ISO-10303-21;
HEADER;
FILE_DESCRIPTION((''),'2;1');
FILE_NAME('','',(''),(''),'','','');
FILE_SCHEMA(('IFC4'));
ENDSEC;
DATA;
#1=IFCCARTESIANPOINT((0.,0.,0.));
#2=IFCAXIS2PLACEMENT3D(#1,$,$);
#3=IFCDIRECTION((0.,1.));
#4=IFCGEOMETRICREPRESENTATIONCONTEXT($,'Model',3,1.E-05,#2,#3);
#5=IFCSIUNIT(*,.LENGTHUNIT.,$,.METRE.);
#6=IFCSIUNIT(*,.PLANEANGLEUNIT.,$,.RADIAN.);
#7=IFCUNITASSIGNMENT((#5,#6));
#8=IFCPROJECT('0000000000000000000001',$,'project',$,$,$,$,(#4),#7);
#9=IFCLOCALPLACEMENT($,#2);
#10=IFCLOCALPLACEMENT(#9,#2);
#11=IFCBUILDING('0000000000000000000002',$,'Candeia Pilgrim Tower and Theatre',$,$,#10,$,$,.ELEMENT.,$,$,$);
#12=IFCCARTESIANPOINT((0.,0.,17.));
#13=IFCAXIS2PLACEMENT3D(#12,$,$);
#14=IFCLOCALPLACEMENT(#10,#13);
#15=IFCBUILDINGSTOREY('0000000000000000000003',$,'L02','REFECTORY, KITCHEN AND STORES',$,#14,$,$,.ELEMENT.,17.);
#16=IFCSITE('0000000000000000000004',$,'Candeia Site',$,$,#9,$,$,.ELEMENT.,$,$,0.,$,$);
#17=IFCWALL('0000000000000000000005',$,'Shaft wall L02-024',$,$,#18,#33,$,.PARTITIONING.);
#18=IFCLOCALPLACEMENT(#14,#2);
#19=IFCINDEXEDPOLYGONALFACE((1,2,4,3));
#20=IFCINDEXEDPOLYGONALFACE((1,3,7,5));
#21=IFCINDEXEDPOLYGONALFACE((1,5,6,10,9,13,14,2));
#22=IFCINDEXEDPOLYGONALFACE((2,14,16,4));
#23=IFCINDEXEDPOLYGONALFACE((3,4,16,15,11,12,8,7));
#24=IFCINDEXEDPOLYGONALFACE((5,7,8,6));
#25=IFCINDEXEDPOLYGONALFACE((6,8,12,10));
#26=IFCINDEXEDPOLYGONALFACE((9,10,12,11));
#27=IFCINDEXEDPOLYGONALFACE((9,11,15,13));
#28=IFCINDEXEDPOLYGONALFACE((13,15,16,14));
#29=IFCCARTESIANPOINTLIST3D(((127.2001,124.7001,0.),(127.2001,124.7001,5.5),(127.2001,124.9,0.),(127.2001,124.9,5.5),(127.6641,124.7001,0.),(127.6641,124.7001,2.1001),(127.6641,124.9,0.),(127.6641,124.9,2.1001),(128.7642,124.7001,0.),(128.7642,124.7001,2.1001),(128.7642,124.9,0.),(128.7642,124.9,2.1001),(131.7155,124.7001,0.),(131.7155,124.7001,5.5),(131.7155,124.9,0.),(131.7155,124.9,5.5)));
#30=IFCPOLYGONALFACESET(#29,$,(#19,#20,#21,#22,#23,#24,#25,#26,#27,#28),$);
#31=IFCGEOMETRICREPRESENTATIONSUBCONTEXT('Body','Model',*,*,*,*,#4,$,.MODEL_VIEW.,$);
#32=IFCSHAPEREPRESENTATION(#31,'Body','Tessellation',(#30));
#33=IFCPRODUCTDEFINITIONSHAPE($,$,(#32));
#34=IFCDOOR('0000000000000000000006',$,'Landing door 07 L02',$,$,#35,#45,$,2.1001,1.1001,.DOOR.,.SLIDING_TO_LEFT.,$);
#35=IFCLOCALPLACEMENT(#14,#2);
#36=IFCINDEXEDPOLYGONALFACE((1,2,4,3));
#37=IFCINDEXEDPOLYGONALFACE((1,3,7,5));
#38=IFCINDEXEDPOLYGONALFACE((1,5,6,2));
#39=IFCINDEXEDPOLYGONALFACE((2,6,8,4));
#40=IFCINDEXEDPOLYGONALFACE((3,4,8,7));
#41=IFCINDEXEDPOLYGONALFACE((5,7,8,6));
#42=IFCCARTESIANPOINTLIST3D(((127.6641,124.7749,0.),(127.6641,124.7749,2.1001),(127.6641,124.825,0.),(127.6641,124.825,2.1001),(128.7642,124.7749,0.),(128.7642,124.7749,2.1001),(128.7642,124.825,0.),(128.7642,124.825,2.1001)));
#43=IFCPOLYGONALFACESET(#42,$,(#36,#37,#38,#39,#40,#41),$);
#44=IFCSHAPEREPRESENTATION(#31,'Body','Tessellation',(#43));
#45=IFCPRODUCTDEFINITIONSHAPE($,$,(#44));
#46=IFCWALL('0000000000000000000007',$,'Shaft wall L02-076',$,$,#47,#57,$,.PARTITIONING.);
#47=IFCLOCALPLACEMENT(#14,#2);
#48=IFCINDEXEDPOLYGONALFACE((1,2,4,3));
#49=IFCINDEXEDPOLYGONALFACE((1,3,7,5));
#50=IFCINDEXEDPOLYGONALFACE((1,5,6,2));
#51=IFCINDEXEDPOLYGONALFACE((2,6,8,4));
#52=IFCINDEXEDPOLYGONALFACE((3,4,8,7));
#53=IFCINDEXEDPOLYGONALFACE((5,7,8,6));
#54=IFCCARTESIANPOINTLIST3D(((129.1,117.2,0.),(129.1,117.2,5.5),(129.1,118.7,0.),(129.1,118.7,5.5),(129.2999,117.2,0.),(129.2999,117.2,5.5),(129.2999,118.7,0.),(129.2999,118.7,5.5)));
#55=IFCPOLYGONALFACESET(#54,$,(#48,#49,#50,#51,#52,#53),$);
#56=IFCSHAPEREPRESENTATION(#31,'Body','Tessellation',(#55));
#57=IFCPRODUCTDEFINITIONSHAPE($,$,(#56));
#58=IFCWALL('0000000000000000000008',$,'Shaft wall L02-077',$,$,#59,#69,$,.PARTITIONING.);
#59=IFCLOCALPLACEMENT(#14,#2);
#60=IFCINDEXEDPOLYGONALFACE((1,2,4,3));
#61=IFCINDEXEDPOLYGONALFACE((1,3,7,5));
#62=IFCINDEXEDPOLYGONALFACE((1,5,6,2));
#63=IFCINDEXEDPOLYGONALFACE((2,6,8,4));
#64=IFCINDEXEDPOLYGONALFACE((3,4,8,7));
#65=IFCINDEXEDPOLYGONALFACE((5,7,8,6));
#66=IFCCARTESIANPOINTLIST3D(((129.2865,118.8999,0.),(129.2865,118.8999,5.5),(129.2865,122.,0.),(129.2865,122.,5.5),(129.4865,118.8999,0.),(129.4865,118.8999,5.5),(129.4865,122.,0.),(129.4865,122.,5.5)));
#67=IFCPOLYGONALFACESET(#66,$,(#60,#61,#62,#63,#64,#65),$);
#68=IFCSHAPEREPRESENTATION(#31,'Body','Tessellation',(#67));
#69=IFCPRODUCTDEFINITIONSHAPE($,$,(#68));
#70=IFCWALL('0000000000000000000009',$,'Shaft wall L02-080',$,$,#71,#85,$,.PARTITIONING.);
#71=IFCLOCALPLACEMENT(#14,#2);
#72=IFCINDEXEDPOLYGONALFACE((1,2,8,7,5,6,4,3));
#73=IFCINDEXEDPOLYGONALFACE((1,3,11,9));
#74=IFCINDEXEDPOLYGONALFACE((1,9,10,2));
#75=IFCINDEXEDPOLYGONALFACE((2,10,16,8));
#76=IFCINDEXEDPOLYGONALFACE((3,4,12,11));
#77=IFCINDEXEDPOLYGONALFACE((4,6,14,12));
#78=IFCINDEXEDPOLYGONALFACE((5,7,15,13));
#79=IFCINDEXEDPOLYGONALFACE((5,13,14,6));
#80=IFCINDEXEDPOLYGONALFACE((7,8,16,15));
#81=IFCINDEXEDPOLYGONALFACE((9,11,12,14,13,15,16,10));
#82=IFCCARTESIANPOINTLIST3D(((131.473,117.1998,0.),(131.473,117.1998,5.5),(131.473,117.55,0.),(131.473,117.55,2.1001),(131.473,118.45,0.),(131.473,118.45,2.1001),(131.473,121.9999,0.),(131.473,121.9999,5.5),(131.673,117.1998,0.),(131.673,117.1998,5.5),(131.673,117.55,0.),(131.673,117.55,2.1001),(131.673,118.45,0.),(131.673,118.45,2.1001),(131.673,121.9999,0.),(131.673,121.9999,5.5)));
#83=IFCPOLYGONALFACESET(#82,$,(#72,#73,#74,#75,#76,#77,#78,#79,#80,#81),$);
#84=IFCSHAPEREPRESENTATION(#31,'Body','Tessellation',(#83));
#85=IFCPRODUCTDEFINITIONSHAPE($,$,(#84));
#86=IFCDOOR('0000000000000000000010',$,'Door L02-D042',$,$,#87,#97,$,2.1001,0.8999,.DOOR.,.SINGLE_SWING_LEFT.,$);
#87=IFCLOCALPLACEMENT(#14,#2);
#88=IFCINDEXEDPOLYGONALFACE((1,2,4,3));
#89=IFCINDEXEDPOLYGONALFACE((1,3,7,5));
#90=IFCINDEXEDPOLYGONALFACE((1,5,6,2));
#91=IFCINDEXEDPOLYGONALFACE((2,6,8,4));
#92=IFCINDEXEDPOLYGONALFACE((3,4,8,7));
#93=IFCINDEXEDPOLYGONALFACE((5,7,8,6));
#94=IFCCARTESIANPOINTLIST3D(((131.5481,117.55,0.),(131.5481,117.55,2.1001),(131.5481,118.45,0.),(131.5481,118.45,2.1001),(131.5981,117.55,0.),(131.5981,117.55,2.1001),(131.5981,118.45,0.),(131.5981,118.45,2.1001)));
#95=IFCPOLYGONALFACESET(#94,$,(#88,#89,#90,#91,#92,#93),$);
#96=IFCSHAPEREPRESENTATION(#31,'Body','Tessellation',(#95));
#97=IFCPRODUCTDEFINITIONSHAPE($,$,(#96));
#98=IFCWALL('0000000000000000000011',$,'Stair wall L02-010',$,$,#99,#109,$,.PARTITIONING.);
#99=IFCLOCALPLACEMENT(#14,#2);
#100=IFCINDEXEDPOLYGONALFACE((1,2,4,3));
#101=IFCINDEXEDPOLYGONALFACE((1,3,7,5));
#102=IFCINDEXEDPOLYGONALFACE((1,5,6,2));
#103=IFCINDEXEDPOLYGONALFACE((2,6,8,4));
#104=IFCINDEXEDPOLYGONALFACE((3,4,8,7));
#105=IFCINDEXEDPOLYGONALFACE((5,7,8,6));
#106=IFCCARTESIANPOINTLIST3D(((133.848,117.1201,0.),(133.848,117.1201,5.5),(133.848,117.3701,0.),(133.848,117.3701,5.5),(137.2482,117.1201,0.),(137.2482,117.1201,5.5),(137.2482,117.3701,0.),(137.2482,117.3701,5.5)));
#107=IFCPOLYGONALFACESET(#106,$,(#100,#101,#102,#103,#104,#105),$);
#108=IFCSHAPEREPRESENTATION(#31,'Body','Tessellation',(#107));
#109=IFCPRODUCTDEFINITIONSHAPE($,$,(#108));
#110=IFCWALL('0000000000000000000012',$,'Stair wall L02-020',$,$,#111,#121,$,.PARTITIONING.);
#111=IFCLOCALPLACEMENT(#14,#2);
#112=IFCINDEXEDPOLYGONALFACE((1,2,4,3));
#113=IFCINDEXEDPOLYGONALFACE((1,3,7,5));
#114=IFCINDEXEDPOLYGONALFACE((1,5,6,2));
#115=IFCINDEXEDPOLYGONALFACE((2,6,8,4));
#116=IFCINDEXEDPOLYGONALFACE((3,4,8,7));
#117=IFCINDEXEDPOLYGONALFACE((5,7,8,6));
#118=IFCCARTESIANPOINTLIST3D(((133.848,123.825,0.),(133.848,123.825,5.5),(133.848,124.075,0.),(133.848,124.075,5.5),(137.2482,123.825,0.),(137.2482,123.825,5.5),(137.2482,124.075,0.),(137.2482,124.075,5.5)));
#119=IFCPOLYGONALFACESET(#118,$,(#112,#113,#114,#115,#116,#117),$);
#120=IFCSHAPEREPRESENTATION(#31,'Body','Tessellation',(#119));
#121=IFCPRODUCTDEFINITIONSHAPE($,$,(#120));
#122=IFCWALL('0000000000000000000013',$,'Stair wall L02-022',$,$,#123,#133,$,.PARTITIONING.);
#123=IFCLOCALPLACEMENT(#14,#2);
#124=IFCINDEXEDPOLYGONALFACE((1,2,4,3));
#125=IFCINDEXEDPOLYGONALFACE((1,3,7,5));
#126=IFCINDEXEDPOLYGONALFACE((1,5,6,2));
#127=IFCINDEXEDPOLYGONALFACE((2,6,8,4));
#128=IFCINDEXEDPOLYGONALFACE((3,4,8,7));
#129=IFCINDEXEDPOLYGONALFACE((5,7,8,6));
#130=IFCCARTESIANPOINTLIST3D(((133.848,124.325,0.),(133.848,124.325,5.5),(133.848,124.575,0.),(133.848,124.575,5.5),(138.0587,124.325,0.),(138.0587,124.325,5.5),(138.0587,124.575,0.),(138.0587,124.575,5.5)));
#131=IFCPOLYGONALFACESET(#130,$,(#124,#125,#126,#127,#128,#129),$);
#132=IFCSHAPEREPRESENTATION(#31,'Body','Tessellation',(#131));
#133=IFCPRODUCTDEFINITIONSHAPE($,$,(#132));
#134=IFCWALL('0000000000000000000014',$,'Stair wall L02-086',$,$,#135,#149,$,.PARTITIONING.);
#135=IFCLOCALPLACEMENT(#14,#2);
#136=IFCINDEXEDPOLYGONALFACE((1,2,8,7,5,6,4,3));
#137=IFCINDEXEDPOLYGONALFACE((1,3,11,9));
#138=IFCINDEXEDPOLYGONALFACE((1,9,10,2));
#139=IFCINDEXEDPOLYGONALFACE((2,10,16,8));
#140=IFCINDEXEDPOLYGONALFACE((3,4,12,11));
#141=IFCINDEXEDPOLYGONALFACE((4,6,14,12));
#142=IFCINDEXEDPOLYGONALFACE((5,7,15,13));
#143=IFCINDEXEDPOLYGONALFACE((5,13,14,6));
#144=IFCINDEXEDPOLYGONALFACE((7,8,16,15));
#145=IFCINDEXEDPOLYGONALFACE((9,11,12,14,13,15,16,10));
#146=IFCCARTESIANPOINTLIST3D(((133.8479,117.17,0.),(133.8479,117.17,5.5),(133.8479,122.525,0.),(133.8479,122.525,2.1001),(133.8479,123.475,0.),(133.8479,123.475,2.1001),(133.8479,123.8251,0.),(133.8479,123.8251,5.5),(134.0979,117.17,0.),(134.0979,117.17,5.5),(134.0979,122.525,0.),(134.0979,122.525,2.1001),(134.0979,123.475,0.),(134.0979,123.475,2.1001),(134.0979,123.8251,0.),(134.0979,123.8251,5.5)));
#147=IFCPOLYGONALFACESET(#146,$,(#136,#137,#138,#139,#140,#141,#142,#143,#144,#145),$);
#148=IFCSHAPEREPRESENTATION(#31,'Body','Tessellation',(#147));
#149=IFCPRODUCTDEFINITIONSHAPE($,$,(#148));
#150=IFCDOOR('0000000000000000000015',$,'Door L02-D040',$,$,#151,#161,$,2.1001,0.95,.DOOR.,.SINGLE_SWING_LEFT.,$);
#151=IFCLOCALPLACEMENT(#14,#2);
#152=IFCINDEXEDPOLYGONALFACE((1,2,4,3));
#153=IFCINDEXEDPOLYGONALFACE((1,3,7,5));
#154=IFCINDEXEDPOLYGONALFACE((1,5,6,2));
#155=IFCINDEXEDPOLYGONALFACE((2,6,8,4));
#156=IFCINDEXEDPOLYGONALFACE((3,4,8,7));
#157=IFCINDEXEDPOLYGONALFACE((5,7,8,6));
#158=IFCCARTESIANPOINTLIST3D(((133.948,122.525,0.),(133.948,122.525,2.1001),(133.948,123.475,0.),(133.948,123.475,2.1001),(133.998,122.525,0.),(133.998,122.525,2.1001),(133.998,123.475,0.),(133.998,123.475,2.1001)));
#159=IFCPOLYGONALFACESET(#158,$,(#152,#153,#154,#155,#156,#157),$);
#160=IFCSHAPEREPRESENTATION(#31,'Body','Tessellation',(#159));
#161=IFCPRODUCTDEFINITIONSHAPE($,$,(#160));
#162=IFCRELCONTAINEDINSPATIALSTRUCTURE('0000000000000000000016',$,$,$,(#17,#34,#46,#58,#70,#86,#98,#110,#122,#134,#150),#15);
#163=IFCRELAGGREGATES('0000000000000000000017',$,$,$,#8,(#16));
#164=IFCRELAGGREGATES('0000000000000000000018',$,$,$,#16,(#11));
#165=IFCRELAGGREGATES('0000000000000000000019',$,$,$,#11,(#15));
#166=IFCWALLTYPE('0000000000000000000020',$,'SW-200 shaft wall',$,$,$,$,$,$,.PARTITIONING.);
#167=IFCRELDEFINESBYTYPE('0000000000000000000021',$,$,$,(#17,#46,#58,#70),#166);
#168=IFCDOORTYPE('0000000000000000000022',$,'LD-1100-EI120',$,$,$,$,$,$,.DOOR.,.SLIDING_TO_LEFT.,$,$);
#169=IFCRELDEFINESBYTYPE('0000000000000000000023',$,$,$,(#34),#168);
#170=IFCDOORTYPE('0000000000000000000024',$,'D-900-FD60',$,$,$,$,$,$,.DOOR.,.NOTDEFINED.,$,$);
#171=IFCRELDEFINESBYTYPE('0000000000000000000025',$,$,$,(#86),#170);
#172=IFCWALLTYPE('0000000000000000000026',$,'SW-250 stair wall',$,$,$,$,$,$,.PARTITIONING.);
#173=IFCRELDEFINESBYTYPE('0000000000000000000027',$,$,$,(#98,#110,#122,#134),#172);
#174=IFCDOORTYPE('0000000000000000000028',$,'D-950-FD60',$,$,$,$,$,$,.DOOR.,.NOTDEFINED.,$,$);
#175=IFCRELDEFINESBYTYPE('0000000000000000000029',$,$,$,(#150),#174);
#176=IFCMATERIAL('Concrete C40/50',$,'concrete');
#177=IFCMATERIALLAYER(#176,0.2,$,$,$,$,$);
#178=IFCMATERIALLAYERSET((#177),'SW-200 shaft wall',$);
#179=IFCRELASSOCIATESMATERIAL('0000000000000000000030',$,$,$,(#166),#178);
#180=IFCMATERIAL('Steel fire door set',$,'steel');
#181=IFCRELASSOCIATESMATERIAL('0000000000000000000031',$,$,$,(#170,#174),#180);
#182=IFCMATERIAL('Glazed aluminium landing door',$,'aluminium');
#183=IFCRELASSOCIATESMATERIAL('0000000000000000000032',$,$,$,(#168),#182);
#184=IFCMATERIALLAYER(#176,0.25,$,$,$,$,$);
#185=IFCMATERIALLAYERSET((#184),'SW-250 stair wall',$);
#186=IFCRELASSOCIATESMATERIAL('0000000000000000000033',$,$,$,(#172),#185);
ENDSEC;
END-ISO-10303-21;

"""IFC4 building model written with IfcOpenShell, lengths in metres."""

from ifc_helpers import new_model, si_unit, direction, frame, frame_2d, origin, place, context, subcontext, project, spatial, rectangle, extrude, material, layer, layer_set, type_object, element, fill, save


model = new_model("IFC4")

# Units and contexts
model_context = context("Model", 3, precision=1e-05, world=origin(), true_north=direction((0.0, 1.0)))
body_context = subcontext(model_context, "Body", "Model", "MODEL_VIEW")
ifc_project = project(units=[si_unit("LENGTHUNIT", "METRE"), si_unit("PLANEANGLEUNIT", "RADIAN")], contexts=[model_context])

# Site, building, storey
site_placement = place(None, origin())
site = spatial("IfcSite", under=ifc_project, at=site_placement, Name="Candeia Site", CompositionType="ELEMENT", RefElevation=0.0)
building_placement = place(site_placement, origin())
building = spatial("IfcBuilding", under=site, at=building_placement, Name="Candeia Pilgrim Tower and Theatre", CompositionType="ELEMENT")
storey_placement = place(building_placement, frame((0.0, 0.0, 17.0)))
storey = spatial("IfcBuildingStorey", under=building, at=storey_placement, Name="L02", Description="REFECTORY, KITCHEN AND STORES", CompositionType="ELEMENT", Elevation=17.0)

# Shared definitions
ifc_material_1 = material(Name="Steel fire door set", Category="steel")

# Shared definitions
ifc_material_2 = material(Name="Concrete C40/50", Category="concrete")
ifc_layer_1 = layer(ifc_material_2, 0.2)
ifc_layer_set_1 = layer_set([ifc_layer_1], Name="SW-200 shaft wall")
wall_type_1 = type_object("IfcWallType", Name="SW-200 shaft wall", PredefinedType="PARTITIONING", material=ifc_layer_set_1)

# Shared definitions
door_type_1 = type_object("IfcDoorType", Name="D-900-FD60", OperationType="NOTDEFINED", PredefinedType="DOOR", material=ifc_material_1)

# Wall, opening, door
wall_1_placement = place(storey_placement, frame((127.2, 124.8, 0.0), z_axis=(0.0, 0.0, 1.0), x_axis=(1.0, 0.0, 0.0)))
wall_1 = element("IfcWall", 1, at=wall_1_placement, inside=storey, type_object=wall_type_1, Name="Shaft wall L02-024", PredefinedType="PARTITIONING", context=body_context, shape_type="SweptSolid", body=[
    extrude(rectangle(XDim=4.5154, YDim=0.2, at=frame_2d((2.2578, 0.0))), origin(), (0.0, 0.0, 1.0), 5.5),
])
opening_1_placement = place(wall_1_placement, frame((0.4641, 0.0, 0.0)))
opening_1 = element("IfcOpeningElement", 2, at=opening_1_placement, cuts=wall_1, PredefinedType="OPENING", context=body_context, shape_type="SweptSolid", body=[
    extrude(rectangle(XDim=1.1001, YDim=2.1001, at=frame_2d((0.55, 1.05))), frame((0.0, 0.1099, 0.0), z_axis=(0.0, -1.0, 0.0), x_axis=(1.0, 0.0, 0.0)), (0.0, 0.0, 1.0), 0.22),
])
ifc_material_3 = material(Name="Glazed aluminium landing door", Category="aluminium")
door_type_2 = type_object("IfcDoorType", Name="LD-1100-EI120", OperationType="SLIDING_TO_LEFT", PredefinedType="DOOR", material=ifc_material_3)
door_1_placement = place(opening_1_placement, origin())
door_1 = element("IfcDoor", 3, at=door_1_placement, inside=storey, type_object=door_type_2, Name="Landing door 07 L02", OperationType="SLIDING_TO_LEFT", OverallHeight=2.1001, OverallWidth=1.1001, PredefinedType="DOOR", context=body_context, shape_type="SweptSolid", body=[
    extrude(rectangle(XDim=1.1001, YDim=2.1001, at=frame_2d((0.55, 1.05))), frame((0.0, 0.0249, 0.0), z_axis=(0.0, -1.0, 0.0), x_axis=(1.0, 0.0, 0.0)), (0.0, 0.0, 1.0), 0.05),
])
fill(opening_1, door_1)

# Walls
wall_2_placement = place(storey_placement, frame((129.2, 117.2, 0.0), z_axis=(0.0, 0.0, 1.0), x_axis=(0.0, 1.0, 0.0)))
element("IfcWall", 4, at=wall_2_placement, inside=storey, type_object=wall_type_1, Name="Shaft wall L02-076", PredefinedType="PARTITIONING", context=body_context, shape_type="SweptSolid", body=[
    extrude(rectangle(XDim=1.5, YDim=0.2, at=frame_2d((0.75, 0.0))), origin(), (0.0, 0.0, 1.0), 5.5),
])
wall_3_placement = place(storey_placement, frame((129.3865, 118.8999, 0.0), z_axis=(0.0, 0.0, 1.0), x_axis=(0.0, 1.0, 0.0)))
element("IfcWall", 5, at=wall_3_placement, inside=storey, type_object=wall_type_1, Name="Shaft wall L02-077", PredefinedType="PARTITIONING", context=body_context, shape_type="SweptSolid", body=[
    extrude(rectangle(XDim=3.1001, YDim=0.2, at=frame_2d((1.55, 0.0))), origin(), (0.0, 0.0, 1.0), 5.5),
])

# Wall, opening, door
wall_4_placement = place(storey_placement, frame((131.573, 117.2, 0.0), z_axis=(0.0, 0.0, 1.0), x_axis=(0.0, 1.0, 0.0)))
wall_4 = element("IfcWall", 6, at=wall_4_placement, inside=storey, type_object=wall_type_1, Name="Shaft wall L02-080", PredefinedType="PARTITIONING", context=body_context, shape_type="SweptSolid", body=[
    extrude(rectangle(XDim=4.8, YDim=0.2, at=frame_2d((2.3999, 0.0))), origin(), (0.0, 0.0, 1.0), 5.5),
])
opening_2_placement = place(wall_4_placement, frame((0.3501, 0.0, 0.0)))
opening_2 = element("IfcOpeningElement", 7, at=opening_2_placement, cuts=wall_4, PredefinedType="OPENING", context=body_context, shape_type="SweptSolid", body=[
    extrude(rectangle(XDim=0.8999, YDim=2.1001, at=frame_2d((0.45, 1.05))), frame((0.0, 0.1099, 0.0), z_axis=(0.0, -1.0, 0.0), x_axis=(1.0, 0.0, 0.0)), (0.0, 0.0, 1.0), 0.22),
])
door_2_placement = place(opening_2_placement, origin())
door_2 = element("IfcDoor", 8, at=door_2_placement, inside=storey, type_object=door_type_1, Name="Door L02-D042", OperationType="SINGLE_SWING_LEFT", OverallHeight=2.1001, OverallWidth=0.8999, PredefinedType="DOOR", context=body_context, shape_type="SweptSolid", body=[
    extrude(rectangle(XDim=0.8999, YDim=2.1001, at=frame_2d((0.45, 1.05))), frame((0.0, 0.0249, 0.0), z_axis=(0.0, -1.0, 0.0), x_axis=(1.0, 0.0, 0.0)), (0.0, 0.0, 1.0), 0.05),
])
fill(opening_2, door_2)

# Walls
ifc_layer_2 = layer(ifc_material_2, 0.25)
ifc_layer_set_2 = layer_set([ifc_layer_2], Name="SW-250 stair wall")
wall_type_2 = type_object("IfcWallType", Name="SW-250 stair wall", PredefinedType="PARTITIONING", material=ifc_layer_set_2)
for number, where, z_axis, x_axis, name in (
    (9, (133.8479, 117.2451, 0.0), (0.0, 0.0, 1.0), (1.0, 0.0, 0.0), "Stair wall L02-010"),
    (10, (133.8479, 123.95, 0.0), (0.0, 0.0, 1.0), (1.0, 0.0, 0.0), "Stair wall L02-020"),
):
    element("IfcWall", number, at=place(storey_placement, frame(where, z_axis=z_axis, x_axis=x_axis)), inside=storey, type_object=wall_type_2, Name=name, PredefinedType="PARTITIONING", context=body_context, shape_type="SweptSolid", body=[
        extrude(rectangle(XDim=3.4001, YDim=0.25, at=frame_2d((1.7002, 0.0))), origin(), (0.0, 0.0, 1.0), 5.5),
    ])
wall_5_placement = place(storey_placement, frame((133.8479, 124.45, 0.0), z_axis=(0.0, 0.0, 1.0), x_axis=(1.0, 0.0, 0.0)))
element("IfcWall", 11, at=wall_5_placement, inside=storey, type_object=wall_type_2, Name="Stair wall L02-022", PredefinedType="PARTITIONING", context=body_context, shape_type="SweptSolid", body=[
    extrude(rectangle(XDim=4.2107, YDim=0.25, at=frame_2d((2.1055, 0.0))), origin(), (0.0, 0.0, 1.0), 5.5),
])

# Wall, opening, door
wall_6_placement = place(storey_placement, frame((133.9729, 117.1699, 0.0), z_axis=(0.0, 0.0, 1.0), x_axis=(0.0, 1.0, 0.0)))
wall_6 = element("IfcWall", 12, at=wall_6_placement, inside=storey, type_object=wall_type_2, Name="Stair wall L02-086", PredefinedType="PARTITIONING", context=body_context, shape_type="SweptSolid", body=[
    extrude(rectangle(XDim=6.655, YDim=0.25, at=frame_2d((3.3276, 0.0))), origin(), (0.0, 0.0, 1.0), 5.5),
])
opening_3_placement = place(wall_6_placement, frame((5.355, 0.0, 0.0)))
opening_3 = element("IfcOpeningElement", 13, at=opening_3_placement, cuts=wall_6, PredefinedType="OPENING", context=body_context, shape_type="SweptSolid", body=[
    extrude(rectangle(XDim=0.95, YDim=2.1001, at=frame_2d((0.4751, 1.05))), frame((0.0, 0.135, 0.0), z_axis=(0.0, -1.0, 0.0), x_axis=(1.0, 0.0, 0.0)), (0.0, 0.0, 1.0), 0.27),
])
door_type_3 = type_object("IfcDoorType", Name="D-950-FD60", OperationType="NOTDEFINED", PredefinedType="DOOR", material=ifc_material_1)
door_3_placement = place(opening_3_placement, origin())
door_3 = element("IfcDoor", 14, at=door_3_placement, inside=storey, type_object=door_type_3, Name="Door L02-D040", OperationType="SINGLE_SWING_LEFT", OverallHeight=2.1001, OverallWidth=0.95, PredefinedType="DOOR", context=body_context, shape_type="SweptSolid", body=[
    extrude(rectangle(XDim=0.95, YDim=2.1001, at=frame_2d((0.4751, 1.05))), frame((0.0, 0.0249, 0.0), z_axis=(0.0, -1.0, 0.0), x_axis=(1.0, 0.0, 0.0)), (0.0, 0.0, 1.0), 0.05),
])
fill(opening_3, door_3)

save(model, "model.ifc")
